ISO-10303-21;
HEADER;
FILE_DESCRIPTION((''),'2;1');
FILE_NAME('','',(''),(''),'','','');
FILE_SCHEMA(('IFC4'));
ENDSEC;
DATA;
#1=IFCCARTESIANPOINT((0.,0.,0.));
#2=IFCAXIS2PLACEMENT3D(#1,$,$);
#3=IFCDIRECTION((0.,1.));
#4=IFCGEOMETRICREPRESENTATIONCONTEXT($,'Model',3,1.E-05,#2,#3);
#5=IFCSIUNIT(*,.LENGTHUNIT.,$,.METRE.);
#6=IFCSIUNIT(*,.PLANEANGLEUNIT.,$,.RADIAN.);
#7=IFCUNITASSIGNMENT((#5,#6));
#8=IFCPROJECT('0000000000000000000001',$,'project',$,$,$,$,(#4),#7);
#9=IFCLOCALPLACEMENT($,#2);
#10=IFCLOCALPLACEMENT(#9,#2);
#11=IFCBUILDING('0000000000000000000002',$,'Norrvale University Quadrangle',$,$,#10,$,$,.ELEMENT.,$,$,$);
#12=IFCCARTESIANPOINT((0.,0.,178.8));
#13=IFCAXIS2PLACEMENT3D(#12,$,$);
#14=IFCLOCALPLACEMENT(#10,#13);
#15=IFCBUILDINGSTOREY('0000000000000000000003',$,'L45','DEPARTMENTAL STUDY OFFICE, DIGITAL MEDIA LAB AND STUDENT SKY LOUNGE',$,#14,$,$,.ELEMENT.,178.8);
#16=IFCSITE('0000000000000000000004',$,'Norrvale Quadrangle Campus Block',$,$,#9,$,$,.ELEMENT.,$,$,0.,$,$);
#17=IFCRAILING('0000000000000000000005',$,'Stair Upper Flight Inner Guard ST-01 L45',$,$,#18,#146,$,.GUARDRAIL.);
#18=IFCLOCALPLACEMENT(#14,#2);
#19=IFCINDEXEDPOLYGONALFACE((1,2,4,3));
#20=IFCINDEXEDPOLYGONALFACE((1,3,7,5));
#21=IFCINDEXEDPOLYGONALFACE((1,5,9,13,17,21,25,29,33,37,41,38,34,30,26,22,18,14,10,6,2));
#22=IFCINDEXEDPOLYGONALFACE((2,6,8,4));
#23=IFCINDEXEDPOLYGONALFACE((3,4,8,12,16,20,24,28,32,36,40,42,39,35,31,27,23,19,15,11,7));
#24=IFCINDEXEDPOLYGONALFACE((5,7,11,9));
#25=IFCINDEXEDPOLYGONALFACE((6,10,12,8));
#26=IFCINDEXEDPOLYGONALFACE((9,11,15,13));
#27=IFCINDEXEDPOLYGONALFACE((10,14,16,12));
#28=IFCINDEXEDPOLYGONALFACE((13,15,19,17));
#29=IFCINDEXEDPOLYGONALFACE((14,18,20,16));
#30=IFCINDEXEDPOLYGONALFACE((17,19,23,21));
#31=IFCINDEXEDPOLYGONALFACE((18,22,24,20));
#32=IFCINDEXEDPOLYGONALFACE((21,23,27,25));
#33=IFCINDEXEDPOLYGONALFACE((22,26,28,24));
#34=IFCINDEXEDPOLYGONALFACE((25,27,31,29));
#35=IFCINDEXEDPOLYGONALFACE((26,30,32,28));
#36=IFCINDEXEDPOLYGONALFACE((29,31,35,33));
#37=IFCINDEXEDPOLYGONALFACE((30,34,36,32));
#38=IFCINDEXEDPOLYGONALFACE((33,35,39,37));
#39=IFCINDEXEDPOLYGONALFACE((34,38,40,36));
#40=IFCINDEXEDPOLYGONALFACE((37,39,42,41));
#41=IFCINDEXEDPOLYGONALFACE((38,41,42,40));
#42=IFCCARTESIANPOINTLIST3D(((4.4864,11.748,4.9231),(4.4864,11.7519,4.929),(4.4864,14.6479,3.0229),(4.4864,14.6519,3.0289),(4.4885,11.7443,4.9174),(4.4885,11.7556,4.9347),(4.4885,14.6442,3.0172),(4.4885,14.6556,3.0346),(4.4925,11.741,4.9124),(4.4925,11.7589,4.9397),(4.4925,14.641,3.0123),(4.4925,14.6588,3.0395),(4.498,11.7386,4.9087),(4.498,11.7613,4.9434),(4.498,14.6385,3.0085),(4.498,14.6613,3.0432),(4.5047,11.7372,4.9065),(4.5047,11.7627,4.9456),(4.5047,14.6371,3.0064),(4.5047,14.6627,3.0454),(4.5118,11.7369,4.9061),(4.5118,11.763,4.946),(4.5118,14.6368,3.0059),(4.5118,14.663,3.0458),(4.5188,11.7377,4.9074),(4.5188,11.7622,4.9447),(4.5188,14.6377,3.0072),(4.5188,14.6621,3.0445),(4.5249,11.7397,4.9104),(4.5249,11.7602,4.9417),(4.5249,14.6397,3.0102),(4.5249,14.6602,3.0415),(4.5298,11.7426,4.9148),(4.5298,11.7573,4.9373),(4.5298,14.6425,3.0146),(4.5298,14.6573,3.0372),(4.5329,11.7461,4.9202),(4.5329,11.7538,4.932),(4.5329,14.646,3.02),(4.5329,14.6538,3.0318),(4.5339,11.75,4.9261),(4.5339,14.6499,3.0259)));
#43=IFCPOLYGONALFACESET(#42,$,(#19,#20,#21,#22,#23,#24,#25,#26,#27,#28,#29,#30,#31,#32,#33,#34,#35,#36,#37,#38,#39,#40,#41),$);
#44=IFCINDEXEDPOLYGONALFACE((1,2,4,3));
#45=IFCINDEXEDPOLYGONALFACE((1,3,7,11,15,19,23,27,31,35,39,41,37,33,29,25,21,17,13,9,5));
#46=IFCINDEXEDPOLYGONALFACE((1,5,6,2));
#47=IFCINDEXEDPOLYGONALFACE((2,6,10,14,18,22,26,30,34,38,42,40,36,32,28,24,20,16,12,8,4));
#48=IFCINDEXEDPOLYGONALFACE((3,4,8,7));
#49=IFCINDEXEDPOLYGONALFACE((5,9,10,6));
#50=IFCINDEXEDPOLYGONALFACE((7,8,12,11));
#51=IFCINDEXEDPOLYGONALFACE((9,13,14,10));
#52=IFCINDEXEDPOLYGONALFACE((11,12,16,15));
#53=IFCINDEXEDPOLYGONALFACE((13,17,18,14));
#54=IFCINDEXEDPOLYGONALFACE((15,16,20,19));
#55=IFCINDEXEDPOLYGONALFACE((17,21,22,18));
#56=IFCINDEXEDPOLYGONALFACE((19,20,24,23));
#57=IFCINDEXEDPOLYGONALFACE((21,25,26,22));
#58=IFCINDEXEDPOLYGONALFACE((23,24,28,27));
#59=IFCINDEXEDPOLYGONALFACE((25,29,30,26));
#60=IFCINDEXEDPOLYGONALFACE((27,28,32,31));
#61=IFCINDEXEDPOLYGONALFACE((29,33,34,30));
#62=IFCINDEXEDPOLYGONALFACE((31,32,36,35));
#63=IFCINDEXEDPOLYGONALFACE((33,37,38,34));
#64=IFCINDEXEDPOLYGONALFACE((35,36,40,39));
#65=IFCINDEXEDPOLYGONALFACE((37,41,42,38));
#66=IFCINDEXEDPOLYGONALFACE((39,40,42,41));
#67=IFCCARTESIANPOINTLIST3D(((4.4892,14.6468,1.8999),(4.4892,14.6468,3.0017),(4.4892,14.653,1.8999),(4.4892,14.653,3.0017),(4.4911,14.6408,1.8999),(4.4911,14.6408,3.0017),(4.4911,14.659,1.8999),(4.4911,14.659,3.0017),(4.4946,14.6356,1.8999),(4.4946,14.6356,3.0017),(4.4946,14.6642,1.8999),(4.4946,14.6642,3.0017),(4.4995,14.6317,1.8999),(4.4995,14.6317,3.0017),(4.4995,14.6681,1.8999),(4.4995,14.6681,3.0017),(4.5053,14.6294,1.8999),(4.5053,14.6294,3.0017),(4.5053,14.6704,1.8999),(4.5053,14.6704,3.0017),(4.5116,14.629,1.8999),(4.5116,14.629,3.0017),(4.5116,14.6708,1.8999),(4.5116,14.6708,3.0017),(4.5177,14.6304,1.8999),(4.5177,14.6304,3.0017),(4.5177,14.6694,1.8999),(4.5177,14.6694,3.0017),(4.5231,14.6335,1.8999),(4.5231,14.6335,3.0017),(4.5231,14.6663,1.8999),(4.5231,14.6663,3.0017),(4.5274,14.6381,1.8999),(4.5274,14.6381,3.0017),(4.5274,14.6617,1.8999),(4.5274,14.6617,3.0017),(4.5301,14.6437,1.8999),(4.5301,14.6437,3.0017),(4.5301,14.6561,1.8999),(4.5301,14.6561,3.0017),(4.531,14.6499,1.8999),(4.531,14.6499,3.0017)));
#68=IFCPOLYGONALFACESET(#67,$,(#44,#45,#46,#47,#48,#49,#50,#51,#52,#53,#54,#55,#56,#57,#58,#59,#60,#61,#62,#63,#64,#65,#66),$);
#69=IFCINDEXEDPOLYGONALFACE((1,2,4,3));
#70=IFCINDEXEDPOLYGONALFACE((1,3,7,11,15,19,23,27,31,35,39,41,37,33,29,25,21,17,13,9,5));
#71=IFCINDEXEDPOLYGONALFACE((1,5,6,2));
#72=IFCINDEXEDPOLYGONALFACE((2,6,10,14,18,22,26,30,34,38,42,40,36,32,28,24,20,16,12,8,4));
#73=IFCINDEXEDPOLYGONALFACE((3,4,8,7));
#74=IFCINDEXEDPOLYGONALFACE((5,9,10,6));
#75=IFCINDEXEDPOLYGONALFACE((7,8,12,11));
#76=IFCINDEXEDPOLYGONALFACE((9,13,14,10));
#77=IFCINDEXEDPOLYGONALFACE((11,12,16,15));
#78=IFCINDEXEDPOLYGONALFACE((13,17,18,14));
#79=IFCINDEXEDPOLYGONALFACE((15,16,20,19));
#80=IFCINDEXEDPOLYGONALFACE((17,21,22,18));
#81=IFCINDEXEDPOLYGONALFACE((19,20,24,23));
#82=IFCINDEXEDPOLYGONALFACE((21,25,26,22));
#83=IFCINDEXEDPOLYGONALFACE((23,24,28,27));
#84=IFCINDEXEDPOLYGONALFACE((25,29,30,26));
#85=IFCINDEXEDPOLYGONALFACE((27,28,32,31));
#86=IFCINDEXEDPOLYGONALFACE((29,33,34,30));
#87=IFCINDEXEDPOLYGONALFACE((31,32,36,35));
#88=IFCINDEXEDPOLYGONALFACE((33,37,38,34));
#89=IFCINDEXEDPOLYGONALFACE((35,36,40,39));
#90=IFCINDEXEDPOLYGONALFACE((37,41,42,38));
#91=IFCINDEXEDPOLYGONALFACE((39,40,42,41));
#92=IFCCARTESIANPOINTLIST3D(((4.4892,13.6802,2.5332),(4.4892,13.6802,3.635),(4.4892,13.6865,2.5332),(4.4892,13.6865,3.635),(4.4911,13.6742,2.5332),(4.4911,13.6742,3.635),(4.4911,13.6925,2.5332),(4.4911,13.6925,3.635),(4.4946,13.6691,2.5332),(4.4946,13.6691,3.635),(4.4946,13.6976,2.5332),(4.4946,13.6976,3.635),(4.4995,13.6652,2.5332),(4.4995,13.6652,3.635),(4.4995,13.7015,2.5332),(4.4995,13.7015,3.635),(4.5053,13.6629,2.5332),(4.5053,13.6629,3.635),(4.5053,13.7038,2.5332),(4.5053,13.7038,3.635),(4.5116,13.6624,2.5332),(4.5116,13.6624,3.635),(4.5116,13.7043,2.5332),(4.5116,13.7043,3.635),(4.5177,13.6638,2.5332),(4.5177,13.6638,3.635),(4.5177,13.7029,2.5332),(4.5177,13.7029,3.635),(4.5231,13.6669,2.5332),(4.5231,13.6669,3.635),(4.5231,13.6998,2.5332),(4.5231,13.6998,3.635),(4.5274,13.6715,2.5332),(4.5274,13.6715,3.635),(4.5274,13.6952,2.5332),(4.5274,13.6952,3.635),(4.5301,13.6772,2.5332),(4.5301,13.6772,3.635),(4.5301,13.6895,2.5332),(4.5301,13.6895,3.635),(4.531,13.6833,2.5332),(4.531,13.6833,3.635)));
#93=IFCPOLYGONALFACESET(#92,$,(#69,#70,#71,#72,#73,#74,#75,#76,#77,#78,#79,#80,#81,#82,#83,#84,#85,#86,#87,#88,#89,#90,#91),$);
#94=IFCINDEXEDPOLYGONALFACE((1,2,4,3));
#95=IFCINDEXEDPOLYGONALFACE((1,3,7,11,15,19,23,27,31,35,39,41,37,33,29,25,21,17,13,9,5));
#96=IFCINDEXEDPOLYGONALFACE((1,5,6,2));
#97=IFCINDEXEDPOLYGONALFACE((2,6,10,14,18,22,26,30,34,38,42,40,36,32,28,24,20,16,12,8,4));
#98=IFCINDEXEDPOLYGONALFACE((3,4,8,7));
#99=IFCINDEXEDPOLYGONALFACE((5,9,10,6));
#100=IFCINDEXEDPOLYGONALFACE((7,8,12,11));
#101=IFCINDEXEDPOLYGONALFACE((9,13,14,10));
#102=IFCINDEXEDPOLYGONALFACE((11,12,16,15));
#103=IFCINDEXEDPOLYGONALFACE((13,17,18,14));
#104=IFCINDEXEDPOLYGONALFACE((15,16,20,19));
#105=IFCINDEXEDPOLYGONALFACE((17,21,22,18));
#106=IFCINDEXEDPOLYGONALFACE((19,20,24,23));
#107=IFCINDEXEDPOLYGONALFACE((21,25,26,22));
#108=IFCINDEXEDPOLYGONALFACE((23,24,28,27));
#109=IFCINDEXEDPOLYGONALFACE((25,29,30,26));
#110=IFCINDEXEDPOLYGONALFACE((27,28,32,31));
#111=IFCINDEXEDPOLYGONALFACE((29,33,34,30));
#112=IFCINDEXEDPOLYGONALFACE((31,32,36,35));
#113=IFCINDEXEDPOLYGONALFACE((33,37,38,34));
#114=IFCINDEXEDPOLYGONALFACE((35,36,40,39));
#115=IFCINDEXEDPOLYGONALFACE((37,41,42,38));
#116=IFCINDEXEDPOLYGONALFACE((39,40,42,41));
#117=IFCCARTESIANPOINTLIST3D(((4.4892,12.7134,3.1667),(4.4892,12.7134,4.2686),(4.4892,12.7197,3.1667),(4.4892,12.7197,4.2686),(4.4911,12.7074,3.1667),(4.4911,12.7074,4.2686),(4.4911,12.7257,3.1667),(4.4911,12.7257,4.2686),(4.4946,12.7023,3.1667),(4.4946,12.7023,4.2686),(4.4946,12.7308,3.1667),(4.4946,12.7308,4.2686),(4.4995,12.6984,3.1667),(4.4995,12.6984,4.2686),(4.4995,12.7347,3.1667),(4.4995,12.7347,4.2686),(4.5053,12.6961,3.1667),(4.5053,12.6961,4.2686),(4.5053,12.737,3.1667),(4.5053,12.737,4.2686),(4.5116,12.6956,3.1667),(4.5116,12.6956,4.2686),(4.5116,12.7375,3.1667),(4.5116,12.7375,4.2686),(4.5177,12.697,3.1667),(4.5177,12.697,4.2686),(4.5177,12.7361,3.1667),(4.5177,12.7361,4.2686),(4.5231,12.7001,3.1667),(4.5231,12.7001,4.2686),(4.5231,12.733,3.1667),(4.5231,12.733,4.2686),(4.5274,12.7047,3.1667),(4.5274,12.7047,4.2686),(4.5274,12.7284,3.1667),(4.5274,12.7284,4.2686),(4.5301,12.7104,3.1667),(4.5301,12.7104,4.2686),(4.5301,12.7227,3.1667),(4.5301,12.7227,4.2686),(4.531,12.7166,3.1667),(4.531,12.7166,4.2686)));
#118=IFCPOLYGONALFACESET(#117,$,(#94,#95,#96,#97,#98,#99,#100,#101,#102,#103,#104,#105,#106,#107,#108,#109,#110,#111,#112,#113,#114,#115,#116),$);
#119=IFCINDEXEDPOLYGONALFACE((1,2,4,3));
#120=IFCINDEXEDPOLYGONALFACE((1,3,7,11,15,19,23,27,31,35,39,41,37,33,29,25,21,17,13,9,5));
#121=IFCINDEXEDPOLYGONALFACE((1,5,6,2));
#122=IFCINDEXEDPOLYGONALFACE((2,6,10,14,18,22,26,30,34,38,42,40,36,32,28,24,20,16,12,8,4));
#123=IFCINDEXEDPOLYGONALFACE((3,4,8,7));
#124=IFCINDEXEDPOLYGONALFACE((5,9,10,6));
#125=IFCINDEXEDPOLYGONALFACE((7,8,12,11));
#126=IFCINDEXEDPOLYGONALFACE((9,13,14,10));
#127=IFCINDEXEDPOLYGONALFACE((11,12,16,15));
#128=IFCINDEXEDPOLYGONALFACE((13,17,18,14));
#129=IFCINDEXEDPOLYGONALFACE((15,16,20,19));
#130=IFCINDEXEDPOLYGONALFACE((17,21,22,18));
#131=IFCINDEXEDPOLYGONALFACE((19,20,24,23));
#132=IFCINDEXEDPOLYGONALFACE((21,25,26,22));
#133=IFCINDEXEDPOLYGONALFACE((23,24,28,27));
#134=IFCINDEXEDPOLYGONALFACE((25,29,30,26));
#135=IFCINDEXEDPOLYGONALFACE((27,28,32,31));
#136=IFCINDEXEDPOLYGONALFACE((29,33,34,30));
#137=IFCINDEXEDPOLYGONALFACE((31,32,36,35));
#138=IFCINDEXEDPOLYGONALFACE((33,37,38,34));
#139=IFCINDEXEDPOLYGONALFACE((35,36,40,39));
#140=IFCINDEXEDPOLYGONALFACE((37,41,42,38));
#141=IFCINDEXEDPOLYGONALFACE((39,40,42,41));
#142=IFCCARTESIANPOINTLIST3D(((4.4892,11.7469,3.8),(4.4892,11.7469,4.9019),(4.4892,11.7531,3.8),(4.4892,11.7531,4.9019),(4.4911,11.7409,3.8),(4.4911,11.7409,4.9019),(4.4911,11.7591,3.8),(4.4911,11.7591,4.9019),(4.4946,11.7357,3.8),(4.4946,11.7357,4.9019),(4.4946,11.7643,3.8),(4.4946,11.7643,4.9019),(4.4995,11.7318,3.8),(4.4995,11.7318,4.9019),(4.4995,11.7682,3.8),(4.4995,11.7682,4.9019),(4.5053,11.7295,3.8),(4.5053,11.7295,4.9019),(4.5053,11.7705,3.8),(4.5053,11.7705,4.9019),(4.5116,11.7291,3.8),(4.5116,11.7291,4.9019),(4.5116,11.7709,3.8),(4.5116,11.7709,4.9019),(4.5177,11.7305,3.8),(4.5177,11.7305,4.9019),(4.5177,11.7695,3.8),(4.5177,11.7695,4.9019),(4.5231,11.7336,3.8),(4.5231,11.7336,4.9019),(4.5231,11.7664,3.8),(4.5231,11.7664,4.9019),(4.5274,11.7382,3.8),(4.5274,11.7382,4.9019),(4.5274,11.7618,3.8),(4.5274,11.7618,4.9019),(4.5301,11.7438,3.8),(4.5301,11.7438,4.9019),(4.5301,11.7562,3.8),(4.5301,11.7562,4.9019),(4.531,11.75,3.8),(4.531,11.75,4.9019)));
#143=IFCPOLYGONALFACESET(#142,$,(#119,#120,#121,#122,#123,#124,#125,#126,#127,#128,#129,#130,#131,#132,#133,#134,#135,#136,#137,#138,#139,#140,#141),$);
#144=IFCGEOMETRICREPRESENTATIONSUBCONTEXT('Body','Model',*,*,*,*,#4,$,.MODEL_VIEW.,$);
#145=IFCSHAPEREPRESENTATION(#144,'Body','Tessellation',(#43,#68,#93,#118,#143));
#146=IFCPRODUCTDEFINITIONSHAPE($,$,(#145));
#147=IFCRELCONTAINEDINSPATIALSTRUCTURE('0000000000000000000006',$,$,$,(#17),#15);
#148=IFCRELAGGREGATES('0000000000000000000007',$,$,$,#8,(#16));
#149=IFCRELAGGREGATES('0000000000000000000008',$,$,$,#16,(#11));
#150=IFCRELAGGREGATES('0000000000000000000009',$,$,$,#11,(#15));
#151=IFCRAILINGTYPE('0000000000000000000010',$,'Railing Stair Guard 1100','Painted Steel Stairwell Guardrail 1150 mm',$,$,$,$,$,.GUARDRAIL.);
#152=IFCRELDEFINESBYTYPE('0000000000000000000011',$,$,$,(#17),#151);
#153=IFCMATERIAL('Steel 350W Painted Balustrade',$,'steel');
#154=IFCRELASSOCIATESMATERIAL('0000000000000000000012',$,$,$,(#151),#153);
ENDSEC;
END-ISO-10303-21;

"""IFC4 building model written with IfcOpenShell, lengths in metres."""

from ifc_helpers import new_model, si_unit, direction, frame, origin, origin_2d, place, context, subcontext, project, spatial, circle, extrude, material, type_object, element, save


model = new_model("IFC4")

# Units and contexts
model_context = context("Model", 3, precision=1e-05, world=origin(), true_north=direction((0.0, 1.0)))
body_context = subcontext(model_context, "Body", "Model", "MODEL_VIEW")
ifc_project = project(units=[si_unit("LENGTHUNIT", "METRE"), si_unit("PLANEANGLEUNIT", "RADIAN")], contexts=[model_context])

# Site, building, storey
site_placement = place(None, origin())
site = spatial("IfcSite", under=ifc_project, at=site_placement, Name="Norrvale Quadrangle Campus Block", CompositionType="ELEMENT", RefElevation=0.0)
building_placement = place(site_placement, origin())
building = spatial("IfcBuilding", under=site, at=building_placement, Name="Norrvale University Quadrangle", CompositionType="ELEMENT")
storey_placement = place(building_placement, frame((0.0, 0.0, 178.8)))
storey = spatial("IfcBuildingStorey", under=building, at=storey_placement, Name="L45", Description="DEPARTMENTAL STUDY OFFICE, DIGITAL MEDIA LAB AND STUDENT SKY LOUNGE", CompositionType="ELEMENT", Elevation=178.8)

# Railing
ifc_material_1 = material(Name="Steel 350W Painted Balustrade", Category="steel")
railing_type_1 = type_object("IfcRailingType", Name="Railing Stair Guard 1100", Description="Painted Steel Stairwell Guardrail 1150 mm", PredefinedType="GUARDRAIL", material=ifc_material_1)
railing_1_placement = place(storey_placement, frame((4.51, 14.6499, 1.8999)))
element("IfcRailing", 1, at=railing_1_placement, inside=storey, type_object=railing_type_1, Name="Stair Upper Flight Inner Guard ST-01 L45", PredefinedType="GUARDRAIL", context=body_context, shape_type="SweptSolid", body=[
    extrude(circle(Radius=0.0239, at=origin_2d()), frame((0.0, 0.0, 1.126), z_axis=(0.0, -0.836433, 0.548069), x_axis=(1.0, 0.0, 0.0)), (0.0, 0.0, 1.0), 3.467),
    extrude(circle(Radius=0.021, at=origin_2d()), origin(), (0.0, 0.0, 1.0), 1.1018),
    extrude(circle(Radius=0.021, at=origin_2d()), frame((0.0, -0.9666, 0.6333)), (0.0, 0.0, 1.0), 1.1018),
    extrude(circle(Radius=0.021, at=origin_2d()), frame((0.0, -1.9333, 1.2668)), (0.0, 0.0, 1.0), 1.1018),
    extrude(circle(Radius=0.021, at=origin_2d()), frame((0.0, -2.8999, 1.9001)), (0.0, 0.0, 1.0), 1.1018),
])

save(model, "model.ifc")
